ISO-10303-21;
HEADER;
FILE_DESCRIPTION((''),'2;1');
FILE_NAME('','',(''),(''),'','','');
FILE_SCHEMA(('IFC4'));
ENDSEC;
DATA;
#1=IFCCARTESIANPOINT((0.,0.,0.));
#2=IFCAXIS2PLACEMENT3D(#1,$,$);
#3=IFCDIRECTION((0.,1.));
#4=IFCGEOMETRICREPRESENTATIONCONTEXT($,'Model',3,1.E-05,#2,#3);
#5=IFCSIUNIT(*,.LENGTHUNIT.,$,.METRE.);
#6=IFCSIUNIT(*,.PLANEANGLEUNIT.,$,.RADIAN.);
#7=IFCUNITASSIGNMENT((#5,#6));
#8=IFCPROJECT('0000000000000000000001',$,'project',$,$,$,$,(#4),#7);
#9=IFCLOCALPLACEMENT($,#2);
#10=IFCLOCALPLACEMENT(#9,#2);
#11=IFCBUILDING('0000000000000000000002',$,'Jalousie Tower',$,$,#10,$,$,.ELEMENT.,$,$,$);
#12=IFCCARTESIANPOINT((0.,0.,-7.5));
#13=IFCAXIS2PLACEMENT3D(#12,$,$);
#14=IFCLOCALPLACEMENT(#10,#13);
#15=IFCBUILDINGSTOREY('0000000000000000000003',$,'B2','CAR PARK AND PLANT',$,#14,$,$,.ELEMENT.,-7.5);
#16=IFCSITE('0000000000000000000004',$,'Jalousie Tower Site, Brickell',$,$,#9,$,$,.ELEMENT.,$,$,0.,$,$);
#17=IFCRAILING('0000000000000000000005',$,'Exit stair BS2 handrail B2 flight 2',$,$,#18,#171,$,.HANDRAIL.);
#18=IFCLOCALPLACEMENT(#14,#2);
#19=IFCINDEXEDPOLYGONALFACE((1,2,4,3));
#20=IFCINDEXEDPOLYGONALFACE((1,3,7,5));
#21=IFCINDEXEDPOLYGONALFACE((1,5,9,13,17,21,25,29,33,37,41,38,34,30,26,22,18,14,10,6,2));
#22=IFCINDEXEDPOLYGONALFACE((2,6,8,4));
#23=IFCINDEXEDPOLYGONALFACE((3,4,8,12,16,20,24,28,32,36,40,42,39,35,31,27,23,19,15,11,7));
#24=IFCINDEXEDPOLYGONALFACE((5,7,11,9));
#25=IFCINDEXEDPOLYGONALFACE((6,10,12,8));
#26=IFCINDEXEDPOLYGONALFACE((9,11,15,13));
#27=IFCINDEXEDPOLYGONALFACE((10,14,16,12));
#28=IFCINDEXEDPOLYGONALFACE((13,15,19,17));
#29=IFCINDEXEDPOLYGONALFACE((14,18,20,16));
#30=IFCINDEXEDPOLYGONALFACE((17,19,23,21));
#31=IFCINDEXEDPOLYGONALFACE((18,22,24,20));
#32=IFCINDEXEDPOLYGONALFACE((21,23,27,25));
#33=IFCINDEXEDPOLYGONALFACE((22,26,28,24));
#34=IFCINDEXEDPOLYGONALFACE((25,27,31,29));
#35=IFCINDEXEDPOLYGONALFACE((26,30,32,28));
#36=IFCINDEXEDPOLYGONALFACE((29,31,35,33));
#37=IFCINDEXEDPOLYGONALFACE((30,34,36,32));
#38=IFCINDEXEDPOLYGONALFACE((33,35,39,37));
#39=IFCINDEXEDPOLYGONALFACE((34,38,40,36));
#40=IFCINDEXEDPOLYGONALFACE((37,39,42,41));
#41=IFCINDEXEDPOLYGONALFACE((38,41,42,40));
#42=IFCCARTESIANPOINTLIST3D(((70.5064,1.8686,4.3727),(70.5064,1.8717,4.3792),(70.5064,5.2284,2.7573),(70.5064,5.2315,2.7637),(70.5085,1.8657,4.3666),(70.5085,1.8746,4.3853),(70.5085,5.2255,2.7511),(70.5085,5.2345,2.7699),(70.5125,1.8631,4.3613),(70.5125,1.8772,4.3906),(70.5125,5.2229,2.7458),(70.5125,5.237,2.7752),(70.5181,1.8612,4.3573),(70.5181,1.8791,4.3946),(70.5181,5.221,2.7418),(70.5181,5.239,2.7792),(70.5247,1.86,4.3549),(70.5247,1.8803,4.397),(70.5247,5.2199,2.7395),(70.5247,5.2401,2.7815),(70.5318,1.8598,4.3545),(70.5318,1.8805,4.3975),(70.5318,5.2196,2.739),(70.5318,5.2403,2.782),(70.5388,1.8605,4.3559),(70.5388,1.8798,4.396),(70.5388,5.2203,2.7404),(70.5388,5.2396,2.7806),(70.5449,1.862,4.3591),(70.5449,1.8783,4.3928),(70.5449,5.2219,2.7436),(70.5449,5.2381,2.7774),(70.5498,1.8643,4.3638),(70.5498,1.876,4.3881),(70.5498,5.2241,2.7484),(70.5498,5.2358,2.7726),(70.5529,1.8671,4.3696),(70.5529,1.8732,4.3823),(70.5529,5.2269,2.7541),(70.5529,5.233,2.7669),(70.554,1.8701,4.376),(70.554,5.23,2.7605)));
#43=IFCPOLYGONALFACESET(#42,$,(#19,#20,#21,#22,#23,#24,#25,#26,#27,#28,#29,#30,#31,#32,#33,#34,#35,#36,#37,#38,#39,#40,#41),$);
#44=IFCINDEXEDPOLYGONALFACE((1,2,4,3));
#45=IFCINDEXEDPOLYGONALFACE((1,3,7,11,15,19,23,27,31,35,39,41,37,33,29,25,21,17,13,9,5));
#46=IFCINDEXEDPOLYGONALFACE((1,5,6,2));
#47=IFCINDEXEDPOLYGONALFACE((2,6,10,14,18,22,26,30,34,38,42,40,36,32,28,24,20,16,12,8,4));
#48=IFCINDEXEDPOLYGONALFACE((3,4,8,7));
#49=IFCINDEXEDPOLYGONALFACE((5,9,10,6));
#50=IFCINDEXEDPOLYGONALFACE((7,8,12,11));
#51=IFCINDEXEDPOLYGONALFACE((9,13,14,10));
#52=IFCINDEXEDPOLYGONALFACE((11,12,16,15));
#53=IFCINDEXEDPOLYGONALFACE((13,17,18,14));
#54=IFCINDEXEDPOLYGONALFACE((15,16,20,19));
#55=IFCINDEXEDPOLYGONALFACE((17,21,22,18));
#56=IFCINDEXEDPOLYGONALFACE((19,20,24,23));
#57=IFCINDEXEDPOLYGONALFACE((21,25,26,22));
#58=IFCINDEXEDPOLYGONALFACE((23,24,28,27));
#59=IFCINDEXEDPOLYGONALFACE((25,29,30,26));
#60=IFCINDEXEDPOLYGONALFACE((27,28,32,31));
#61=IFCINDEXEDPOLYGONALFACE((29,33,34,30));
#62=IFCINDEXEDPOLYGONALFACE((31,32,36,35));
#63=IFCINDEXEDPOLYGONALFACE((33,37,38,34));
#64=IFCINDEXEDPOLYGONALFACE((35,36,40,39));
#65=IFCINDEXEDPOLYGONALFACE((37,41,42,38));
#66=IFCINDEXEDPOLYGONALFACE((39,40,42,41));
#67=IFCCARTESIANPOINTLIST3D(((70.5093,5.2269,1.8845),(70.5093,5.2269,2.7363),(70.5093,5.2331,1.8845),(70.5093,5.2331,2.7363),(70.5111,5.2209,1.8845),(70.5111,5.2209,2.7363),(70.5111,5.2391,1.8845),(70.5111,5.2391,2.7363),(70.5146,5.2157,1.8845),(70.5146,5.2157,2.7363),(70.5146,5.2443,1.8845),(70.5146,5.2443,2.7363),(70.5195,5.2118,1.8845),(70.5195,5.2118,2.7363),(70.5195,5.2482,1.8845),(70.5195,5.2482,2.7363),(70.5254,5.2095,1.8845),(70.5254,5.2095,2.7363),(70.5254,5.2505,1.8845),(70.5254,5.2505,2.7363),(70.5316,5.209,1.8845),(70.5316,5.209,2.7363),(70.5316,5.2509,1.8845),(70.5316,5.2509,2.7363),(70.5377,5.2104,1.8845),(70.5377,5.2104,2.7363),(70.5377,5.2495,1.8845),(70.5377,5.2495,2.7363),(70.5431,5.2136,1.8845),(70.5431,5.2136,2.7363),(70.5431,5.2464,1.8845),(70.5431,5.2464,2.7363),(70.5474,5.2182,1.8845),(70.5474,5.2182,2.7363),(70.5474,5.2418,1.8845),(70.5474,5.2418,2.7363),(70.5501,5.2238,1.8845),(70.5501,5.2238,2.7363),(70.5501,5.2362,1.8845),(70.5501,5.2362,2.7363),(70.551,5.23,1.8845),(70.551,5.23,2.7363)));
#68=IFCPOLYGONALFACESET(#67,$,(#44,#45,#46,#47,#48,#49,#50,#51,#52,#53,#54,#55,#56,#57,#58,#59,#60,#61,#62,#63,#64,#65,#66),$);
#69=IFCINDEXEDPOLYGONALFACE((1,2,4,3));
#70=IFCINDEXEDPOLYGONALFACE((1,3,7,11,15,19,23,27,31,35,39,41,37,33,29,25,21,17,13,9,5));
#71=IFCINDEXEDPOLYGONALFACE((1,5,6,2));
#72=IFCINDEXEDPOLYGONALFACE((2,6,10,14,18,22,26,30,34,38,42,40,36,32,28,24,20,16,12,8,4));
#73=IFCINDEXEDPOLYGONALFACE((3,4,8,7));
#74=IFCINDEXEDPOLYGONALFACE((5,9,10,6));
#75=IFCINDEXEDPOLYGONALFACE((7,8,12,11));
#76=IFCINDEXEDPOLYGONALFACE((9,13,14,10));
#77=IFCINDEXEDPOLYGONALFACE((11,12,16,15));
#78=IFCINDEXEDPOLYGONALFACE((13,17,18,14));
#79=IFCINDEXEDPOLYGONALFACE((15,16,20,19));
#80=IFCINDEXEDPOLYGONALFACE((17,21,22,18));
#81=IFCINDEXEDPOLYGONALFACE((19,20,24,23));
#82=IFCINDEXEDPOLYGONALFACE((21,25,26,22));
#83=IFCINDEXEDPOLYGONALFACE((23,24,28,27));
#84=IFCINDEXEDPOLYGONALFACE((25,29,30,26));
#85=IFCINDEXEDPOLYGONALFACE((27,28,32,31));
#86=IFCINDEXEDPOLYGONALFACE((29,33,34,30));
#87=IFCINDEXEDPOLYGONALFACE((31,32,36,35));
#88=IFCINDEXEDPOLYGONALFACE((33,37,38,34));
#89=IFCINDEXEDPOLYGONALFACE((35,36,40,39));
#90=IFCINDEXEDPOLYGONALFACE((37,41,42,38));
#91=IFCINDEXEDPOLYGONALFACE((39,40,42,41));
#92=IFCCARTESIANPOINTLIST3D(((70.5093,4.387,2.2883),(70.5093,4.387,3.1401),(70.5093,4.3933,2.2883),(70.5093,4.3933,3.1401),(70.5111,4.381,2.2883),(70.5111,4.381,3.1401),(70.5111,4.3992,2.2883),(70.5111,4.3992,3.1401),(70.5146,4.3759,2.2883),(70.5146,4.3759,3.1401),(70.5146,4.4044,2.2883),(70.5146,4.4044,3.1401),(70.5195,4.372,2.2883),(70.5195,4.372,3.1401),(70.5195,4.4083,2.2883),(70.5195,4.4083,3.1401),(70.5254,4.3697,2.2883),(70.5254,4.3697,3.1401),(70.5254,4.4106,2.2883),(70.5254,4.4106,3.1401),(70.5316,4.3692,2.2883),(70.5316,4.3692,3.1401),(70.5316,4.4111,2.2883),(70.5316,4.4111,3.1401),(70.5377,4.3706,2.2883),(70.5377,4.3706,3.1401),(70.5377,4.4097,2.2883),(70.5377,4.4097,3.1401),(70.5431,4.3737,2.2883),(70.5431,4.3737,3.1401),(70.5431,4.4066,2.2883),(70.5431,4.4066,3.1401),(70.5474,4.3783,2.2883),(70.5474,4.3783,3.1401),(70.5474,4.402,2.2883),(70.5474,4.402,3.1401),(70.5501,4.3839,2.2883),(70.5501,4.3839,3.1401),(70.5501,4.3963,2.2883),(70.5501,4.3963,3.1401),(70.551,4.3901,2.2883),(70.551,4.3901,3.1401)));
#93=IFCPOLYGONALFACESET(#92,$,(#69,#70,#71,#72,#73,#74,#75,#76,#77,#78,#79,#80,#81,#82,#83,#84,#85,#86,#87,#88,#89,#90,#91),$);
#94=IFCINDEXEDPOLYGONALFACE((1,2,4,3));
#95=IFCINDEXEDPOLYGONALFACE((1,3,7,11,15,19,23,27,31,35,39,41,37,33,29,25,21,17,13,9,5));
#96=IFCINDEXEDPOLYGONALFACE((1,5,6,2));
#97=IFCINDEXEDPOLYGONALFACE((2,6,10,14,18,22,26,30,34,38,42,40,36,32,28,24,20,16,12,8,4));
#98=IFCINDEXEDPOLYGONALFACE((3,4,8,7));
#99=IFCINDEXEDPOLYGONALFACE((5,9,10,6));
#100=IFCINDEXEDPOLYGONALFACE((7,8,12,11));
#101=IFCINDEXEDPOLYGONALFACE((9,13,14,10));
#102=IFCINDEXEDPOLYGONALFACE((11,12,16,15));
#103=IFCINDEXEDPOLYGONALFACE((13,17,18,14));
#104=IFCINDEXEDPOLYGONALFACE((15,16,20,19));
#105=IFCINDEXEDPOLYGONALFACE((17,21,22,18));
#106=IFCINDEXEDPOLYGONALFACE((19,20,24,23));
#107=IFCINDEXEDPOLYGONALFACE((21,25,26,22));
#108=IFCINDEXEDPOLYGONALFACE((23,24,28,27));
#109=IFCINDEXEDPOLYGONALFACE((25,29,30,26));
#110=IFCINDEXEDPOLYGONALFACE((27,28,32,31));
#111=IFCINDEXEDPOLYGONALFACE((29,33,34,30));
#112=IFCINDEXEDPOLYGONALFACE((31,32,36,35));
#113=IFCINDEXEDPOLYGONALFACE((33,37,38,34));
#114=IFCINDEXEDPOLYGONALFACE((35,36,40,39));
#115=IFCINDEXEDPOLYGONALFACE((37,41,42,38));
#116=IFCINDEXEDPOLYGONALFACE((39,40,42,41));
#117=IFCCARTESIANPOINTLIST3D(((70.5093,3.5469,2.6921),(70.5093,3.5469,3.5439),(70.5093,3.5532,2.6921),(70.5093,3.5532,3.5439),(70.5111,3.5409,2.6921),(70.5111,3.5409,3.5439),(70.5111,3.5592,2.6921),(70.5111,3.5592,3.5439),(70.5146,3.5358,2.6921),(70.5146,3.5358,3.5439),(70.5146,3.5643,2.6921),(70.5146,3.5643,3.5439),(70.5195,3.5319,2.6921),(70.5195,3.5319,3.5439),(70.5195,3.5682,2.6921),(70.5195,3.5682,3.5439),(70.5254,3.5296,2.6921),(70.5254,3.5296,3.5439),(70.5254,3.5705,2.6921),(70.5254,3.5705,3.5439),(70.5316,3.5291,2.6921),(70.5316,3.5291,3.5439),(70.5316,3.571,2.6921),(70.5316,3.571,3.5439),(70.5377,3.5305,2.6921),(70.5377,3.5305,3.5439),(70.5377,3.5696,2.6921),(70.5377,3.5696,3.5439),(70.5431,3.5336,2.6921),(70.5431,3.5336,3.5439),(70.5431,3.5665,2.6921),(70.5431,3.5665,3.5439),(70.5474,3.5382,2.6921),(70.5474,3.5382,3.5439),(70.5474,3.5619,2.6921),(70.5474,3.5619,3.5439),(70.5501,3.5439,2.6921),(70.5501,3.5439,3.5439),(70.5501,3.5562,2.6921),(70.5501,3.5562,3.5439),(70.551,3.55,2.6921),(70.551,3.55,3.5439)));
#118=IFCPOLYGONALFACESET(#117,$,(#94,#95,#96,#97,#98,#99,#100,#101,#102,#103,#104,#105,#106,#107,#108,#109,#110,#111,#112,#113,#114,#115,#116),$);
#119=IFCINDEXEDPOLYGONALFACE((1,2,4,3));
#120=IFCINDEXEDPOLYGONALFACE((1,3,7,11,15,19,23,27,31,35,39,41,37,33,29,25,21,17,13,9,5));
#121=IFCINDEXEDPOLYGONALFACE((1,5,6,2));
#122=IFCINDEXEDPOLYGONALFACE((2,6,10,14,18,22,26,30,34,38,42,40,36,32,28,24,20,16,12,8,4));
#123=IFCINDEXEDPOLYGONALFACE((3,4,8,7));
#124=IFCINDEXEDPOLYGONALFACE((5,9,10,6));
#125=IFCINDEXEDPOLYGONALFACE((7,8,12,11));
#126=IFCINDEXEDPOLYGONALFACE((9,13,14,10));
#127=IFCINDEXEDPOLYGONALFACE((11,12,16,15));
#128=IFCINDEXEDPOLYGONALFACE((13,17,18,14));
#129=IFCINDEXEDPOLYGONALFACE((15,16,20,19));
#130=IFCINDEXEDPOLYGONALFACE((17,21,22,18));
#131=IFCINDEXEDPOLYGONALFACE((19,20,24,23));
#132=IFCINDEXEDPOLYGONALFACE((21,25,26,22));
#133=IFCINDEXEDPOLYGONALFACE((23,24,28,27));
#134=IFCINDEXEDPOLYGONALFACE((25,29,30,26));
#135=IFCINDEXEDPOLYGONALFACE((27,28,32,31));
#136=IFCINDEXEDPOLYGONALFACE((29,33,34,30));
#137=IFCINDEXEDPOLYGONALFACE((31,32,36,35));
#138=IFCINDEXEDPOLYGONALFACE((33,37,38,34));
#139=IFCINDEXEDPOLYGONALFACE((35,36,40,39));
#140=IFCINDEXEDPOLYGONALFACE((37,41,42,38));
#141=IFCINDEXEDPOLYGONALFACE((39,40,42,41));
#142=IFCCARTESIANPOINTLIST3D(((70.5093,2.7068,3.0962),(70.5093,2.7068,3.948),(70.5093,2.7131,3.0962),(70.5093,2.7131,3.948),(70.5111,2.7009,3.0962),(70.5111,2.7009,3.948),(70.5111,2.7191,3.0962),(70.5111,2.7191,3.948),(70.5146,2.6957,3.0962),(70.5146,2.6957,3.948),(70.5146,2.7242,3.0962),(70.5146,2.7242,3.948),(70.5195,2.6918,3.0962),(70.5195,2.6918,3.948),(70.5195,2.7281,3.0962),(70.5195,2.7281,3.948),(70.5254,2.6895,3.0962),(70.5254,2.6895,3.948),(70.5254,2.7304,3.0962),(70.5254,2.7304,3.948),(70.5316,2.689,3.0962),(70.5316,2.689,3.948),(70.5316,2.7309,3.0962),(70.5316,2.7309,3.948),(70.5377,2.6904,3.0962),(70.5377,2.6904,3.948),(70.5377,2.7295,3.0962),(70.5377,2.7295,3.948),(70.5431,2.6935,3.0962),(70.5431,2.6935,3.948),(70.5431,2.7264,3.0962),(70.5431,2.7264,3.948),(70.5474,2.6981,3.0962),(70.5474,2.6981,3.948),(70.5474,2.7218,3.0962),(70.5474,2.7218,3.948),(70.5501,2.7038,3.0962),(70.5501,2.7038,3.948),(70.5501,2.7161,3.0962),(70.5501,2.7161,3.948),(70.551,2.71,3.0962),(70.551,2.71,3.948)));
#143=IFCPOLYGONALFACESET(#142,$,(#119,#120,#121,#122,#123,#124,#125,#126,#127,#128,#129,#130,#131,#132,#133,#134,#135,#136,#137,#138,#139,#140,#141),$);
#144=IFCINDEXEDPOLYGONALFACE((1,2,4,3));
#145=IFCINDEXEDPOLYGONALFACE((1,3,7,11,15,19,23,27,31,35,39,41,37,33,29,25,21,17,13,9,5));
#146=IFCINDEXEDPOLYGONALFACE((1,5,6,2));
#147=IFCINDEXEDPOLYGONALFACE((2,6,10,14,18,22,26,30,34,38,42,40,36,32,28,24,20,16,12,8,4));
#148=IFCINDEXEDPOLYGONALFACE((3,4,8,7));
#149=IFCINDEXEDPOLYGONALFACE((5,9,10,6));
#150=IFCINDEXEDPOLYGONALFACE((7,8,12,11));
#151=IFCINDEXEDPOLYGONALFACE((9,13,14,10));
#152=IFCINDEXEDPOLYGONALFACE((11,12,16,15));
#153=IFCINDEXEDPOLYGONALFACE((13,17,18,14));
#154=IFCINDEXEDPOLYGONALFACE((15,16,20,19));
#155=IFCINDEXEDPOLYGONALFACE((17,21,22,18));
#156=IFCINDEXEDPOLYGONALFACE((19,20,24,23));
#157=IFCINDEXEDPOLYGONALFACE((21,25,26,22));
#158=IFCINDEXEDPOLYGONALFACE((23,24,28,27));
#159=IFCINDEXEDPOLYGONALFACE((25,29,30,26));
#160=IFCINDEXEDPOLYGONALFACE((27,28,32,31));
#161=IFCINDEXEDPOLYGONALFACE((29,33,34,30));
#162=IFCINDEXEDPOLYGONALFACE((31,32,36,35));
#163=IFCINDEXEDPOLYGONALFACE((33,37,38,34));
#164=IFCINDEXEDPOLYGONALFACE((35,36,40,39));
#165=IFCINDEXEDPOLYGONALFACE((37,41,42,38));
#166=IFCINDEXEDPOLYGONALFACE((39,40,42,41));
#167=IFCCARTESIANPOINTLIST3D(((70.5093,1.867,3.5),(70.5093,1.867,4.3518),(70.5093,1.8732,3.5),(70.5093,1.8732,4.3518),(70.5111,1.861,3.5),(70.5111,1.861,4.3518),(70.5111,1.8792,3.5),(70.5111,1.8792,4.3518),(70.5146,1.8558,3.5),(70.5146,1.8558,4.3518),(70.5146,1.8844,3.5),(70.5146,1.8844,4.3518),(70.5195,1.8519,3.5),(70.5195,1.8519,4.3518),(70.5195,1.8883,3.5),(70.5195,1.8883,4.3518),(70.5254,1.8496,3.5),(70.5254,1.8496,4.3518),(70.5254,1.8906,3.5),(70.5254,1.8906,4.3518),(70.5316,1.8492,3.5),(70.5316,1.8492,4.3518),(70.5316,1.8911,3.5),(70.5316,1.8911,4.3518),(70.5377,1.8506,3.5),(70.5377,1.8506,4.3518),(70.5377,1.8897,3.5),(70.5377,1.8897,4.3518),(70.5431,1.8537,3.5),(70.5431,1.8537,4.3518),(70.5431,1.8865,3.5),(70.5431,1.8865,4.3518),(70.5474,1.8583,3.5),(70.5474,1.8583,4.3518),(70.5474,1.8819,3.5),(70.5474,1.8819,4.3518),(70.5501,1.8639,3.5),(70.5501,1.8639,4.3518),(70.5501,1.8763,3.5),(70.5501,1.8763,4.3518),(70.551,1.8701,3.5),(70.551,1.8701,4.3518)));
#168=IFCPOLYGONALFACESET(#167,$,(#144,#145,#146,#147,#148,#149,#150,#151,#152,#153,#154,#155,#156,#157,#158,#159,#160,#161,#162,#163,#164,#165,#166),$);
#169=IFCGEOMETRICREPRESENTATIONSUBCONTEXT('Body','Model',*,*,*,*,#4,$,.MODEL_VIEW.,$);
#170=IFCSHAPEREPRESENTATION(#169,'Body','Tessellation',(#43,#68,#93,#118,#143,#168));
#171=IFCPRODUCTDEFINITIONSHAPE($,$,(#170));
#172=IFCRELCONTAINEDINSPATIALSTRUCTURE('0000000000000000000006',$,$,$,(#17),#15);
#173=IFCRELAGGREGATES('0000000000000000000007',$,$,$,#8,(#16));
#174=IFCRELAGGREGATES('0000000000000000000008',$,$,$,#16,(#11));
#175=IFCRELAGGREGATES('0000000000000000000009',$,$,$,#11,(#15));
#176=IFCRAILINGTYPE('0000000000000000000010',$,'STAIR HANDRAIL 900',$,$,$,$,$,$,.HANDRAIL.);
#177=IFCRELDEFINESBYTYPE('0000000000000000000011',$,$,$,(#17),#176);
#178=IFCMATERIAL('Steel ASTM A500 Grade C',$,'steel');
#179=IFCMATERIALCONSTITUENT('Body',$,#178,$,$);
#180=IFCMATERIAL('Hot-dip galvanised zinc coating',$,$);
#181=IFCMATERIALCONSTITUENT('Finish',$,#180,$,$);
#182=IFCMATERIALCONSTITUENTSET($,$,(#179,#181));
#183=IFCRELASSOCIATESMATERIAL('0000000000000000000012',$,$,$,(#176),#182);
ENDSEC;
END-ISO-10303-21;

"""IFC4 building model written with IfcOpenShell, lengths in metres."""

from ifc_helpers import new_model, si_unit, direction, frame, origin, origin_2d, place, context, subcontext, project, spatial, circle, extrude, material, constituent, constituent_set, type_object, element, save


model = new_model("IFC4")

# Units and contexts
model_context = context("Model", 3, precision=1e-05, world=origin(), true_north=direction((0.0, 1.0)))
body_context = subcontext(model_context, "Body", "Model", "MODEL_VIEW")
ifc_project = project(units=[si_unit("LENGTHUNIT", "METRE"), si_unit("PLANEANGLEUNIT", "RADIAN")], contexts=[model_context])

# Site, building, storey
site_placement = place(None, origin())
site = spatial("IfcSite", under=ifc_project, at=site_placement, Name="Jalousie Tower Site, Brickell", CompositionType="ELEMENT", RefElevation=0.0)
building_placement = place(site_placement, origin())
building = spatial("IfcBuilding", under=site, at=building_placement, Name="Jalousie Tower", CompositionType="ELEMENT")
storey_placement = place(building_placement, frame((0.0, 0.0, -7.5)))
storey = spatial("IfcBuildingStorey", under=building, at=storey_placement, Name="B2", Description="CAR PARK AND PLANT", CompositionType="ELEMENT", Elevation=-7.5)

# Railing
ifc_material_1 = material(Name="Steel ASTM A500 Grade C", Category="steel")
ifc_constituent_1 = constituent(ifc_material_1, Name="Body")
ifc_material_2 = material(Name="Hot-dip galvanised zinc coating")
ifc_constituent_2 = constituent(ifc_material_2, Name="Finish")
ifc_constituent_set_1 = constituent_set(constituents=[ifc_constituent_1, ifc_constituent_2])
railing_type_1 = type_object("IfcRailingType", Name="STAIR HANDRAIL 900", PredefinedType="HANDRAIL", material=ifc_constituent_set_1)
railing_1_placement = place(storey_placement, frame((70.53, 5.23, 1.8845)))
element("IfcRailing", 1, at=railing_1_placement, inside=storey, type_object=railing_type_1, Name="Exit stair BS2 handrail B2 flight 2", PredefinedType="HANDRAIL", context=body_context, shape_type="SweptSolid", body=[
    extrude(circle(Radius=0.0239, at=origin_2d()), frame((0.0, 0.0, 0.876), z_axis=(0.0, -0.901236, 0.433329), x_axis=(1.0, 0.0, 0.0)), (0.0, 0.0, 1.0), 3.728),
    extrude(circle(Radius=0.021, at=origin_2d()), origin(), (0.0, 0.0, 1.0), 0.8518),
    extrude(circle(Radius=0.021, at=origin_2d()), frame((0.0, -0.8398, 0.4038)), (0.0, 0.0, 1.0), 0.8518),
    extrude(circle(Radius=0.021, at=origin_2d()), frame((0.0, -1.6799, 0.8076)), (0.0, 0.0, 1.0), 0.8518),
    extrude(circle(Radius=0.021, at=origin_2d()), frame((0.0, -2.52, 1.2117)), (0.0, 0.0, 1.0), 0.8518),
    extrude(circle(Radius=0.021, at=origin_2d()), frame((0.0, -3.3599, 1.6155)), (0.0, 0.0, 1.0), 0.8518),
])

save(model, "model.ifc")
